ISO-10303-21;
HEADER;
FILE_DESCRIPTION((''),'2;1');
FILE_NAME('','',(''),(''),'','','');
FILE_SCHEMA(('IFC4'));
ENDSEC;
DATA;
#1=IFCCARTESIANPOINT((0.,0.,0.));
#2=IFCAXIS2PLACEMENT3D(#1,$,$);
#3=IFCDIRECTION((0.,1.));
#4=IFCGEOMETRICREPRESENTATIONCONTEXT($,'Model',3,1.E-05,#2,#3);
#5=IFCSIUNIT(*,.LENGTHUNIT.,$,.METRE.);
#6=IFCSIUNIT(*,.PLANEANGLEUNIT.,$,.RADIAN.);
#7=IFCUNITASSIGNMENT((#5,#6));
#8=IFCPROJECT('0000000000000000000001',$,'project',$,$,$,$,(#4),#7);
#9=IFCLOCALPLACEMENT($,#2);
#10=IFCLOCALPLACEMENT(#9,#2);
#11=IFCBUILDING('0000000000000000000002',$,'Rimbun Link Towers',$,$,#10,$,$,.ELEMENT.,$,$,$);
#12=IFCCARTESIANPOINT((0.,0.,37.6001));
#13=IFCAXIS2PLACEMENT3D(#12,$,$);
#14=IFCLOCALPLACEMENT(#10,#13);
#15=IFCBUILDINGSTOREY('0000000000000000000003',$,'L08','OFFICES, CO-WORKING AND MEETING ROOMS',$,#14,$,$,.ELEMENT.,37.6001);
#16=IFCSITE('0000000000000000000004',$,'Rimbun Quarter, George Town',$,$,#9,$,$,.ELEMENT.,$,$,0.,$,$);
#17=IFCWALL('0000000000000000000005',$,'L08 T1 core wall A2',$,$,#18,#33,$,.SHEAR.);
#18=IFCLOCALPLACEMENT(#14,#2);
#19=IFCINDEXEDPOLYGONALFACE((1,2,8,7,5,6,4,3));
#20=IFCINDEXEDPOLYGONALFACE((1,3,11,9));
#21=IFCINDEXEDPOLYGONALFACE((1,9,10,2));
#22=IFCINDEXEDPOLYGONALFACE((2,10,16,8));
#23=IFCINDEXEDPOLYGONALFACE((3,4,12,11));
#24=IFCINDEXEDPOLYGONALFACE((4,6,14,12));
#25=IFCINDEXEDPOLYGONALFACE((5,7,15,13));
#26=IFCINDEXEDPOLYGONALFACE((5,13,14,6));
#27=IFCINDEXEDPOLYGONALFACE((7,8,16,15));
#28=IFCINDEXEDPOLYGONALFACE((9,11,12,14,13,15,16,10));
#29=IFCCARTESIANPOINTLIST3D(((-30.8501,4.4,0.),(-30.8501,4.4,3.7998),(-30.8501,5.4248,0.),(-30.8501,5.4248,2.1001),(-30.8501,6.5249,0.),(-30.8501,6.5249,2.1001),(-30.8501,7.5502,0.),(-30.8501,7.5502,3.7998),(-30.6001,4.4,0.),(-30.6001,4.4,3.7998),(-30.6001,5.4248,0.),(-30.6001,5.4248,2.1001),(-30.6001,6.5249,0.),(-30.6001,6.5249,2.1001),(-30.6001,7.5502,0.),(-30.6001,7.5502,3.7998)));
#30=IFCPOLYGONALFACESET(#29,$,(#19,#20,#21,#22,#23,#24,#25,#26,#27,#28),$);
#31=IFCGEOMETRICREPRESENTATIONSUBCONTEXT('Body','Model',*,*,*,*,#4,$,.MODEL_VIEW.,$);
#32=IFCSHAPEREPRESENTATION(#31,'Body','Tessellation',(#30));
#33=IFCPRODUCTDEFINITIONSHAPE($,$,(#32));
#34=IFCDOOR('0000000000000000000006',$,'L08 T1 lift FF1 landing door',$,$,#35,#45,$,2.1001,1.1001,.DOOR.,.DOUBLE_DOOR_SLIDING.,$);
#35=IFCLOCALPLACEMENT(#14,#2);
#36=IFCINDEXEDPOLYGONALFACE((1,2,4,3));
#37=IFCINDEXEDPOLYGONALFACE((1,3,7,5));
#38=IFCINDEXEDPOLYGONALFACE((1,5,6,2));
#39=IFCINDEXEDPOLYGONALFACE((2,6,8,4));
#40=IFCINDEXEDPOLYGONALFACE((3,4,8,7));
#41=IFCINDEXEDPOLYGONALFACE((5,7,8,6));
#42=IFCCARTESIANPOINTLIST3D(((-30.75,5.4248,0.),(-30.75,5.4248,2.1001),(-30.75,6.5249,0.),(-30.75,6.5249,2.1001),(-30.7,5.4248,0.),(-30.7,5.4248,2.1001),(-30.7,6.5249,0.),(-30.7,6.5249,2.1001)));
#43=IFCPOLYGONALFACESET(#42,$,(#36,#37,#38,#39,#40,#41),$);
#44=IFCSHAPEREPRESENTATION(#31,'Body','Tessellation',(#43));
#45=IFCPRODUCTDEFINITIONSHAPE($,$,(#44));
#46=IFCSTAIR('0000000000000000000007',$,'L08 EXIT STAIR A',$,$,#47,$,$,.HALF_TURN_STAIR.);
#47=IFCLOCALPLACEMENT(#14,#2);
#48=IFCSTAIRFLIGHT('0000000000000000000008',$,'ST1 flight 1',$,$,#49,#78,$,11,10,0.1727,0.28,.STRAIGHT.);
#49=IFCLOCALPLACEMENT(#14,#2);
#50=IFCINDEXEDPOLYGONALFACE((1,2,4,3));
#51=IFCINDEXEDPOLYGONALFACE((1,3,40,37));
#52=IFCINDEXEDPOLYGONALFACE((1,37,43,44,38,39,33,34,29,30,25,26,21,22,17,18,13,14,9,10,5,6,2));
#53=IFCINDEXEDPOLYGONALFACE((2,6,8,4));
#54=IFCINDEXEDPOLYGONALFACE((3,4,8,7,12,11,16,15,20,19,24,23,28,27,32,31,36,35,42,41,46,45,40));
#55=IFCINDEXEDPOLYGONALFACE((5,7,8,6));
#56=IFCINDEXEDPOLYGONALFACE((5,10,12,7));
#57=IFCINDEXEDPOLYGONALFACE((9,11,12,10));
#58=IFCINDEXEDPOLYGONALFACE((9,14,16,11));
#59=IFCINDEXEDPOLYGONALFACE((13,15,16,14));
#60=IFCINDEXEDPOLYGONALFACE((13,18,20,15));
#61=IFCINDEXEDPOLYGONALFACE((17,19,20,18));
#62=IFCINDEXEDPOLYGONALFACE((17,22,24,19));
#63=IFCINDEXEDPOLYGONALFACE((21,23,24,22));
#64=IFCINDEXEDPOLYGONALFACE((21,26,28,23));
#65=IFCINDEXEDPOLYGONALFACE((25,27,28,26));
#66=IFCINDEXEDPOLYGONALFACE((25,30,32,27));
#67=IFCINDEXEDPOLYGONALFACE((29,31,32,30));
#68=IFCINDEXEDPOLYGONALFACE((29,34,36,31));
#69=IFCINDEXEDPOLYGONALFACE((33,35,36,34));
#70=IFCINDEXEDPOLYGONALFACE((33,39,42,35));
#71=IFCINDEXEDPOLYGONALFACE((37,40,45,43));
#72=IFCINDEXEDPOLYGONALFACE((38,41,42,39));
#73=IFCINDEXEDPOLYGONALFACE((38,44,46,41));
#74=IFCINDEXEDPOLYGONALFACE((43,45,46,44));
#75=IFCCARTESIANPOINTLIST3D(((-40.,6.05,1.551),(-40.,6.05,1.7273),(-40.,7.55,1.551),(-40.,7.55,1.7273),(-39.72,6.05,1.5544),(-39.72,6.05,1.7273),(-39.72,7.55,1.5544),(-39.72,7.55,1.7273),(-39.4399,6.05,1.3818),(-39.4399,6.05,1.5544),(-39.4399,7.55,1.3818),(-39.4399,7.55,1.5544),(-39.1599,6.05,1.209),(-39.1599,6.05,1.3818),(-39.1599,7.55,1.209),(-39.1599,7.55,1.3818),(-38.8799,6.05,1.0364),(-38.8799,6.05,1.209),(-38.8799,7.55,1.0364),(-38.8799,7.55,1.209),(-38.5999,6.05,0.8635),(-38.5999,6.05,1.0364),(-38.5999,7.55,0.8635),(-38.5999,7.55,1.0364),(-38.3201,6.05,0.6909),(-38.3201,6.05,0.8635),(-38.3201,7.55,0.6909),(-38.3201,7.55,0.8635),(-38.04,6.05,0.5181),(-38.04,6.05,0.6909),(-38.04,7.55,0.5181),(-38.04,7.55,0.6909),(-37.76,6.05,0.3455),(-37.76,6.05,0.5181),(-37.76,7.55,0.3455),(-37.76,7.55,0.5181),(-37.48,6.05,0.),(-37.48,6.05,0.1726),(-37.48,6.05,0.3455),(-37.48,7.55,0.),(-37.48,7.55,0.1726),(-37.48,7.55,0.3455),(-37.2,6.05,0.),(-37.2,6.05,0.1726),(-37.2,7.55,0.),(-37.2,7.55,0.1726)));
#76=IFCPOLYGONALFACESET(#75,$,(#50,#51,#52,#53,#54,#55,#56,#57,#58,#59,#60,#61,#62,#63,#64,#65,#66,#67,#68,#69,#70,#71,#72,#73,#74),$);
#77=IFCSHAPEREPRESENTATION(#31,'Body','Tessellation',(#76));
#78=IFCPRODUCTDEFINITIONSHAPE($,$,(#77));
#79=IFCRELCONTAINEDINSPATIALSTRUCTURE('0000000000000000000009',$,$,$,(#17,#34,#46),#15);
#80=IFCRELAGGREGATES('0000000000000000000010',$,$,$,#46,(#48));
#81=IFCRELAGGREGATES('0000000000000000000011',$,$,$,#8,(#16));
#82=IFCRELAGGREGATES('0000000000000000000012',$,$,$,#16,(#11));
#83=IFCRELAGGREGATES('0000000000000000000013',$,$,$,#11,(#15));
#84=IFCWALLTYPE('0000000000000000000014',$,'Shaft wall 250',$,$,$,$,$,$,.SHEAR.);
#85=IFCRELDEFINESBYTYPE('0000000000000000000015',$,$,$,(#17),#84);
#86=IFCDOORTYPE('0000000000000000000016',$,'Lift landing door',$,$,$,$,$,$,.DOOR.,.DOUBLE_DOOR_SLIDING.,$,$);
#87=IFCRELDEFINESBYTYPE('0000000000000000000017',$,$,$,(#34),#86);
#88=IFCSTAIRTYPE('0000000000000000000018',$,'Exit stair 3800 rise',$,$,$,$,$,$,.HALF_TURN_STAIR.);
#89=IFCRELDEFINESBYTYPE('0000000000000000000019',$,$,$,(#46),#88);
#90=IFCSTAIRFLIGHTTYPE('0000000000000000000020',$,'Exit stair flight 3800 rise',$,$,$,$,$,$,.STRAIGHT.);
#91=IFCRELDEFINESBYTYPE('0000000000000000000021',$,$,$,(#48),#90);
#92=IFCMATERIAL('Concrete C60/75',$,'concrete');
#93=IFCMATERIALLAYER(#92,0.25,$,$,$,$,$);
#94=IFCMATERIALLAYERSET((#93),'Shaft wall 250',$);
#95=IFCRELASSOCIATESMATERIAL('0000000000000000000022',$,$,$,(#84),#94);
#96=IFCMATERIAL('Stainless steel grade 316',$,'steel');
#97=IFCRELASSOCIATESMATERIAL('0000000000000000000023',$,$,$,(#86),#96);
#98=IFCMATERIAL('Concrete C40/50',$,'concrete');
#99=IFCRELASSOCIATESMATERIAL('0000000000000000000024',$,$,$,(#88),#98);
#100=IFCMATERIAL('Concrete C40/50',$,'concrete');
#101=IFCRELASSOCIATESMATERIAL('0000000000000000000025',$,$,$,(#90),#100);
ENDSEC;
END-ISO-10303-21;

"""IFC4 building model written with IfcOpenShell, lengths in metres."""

from ifc_helpers import new_model, si_unit, direction, frame, frame_2d, origin, place, context, subcontext, project, spatial, polyline, rectangle, outline, extrude, material, layer, layer_set, type_object, element, fill, aggregate, save


model = new_model("IFC4")

# Units and contexts
model_context = context("Model", 3, precision=1e-05, world=origin(), true_north=direction((0.0, 1.0)))
body_context = subcontext(model_context, "Body", "Model", "MODEL_VIEW")
ifc_project = project(units=[si_unit("LENGTHUNIT", "METRE"), si_unit("PLANEANGLEUNIT", "RADIAN")], contexts=[model_context])

# Site, building, storey
site_placement = place(None, origin())
site = spatial("IfcSite", under=ifc_project, at=site_placement, Name="Rimbun Quarter, George Town", CompositionType="ELEMENT", RefElevation=0.0)
building_placement = place(site_placement, origin())
building = spatial("IfcBuilding", under=site, at=building_placement, Name="Rimbun Link Towers", CompositionType="ELEMENT")
storey_placement = place(building_placement, frame((0.0, 0.0, 37.6001)))
storey = spatial("IfcBuildingStorey", under=building, at=storey_placement, Name="L08", Description="OFFICES, CO-WORKING AND MEETING ROOMS", CompositionType="ELEMENT", Elevation=37.6001)

# Shared definitions
ifc_material_1 = material(Name="Concrete C60/75", Category="concrete")
ifc_layer = layer(ifc_material_1, 0.25)
ifc_layer_set = layer_set([ifc_layer], Name="Shaft wall 250")
wall_type = type_object("IfcWallType", Name="Shaft wall 250", PredefinedType="SHEAR", material=ifc_layer_set)

# Wall, opening, door
wall_1_placement = place(storey_placement, frame((-30.7251, 4.3999, 0.0), z_axis=(0.0, 0.0, 1.0), x_axis=(0.0, 1.0, 0.0)))
wall_1 = element("IfcWall", 1, at=wall_1_placement, inside=storey, type_object=wall_type, Name="L08 T1 core wall A2", PredefinedType="SHEAR", context=body_context, shape_type="SweptSolid", body=[
    extrude(rectangle(XDim=3.1501, YDim=0.25, at=frame_2d((1.5752, 0.0))), origin(), (0.0, 0.0, 1.0), 3.7998),
])
opening_1_placement = place(wall_1_placement, frame((1.0249, 0.0, 0.0)))
opening_1 = element("IfcOpeningElement", 2, at=opening_1_placement, cuts=wall_1, PredefinedType="OPENING", context=body_context, shape_type="SweptSolid", body=[
    extrude(rectangle(XDim=1.1001, YDim=2.1001, at=frame_2d((0.55, 1.05))), frame((0.0, 0.135, 0.0), z_axis=(0.0, -1.0, 0.0), x_axis=(1.0, 0.0, 0.0)), (0.0, 0.0, 1.0), 0.27),
])
ifc_material_2 = material(Name="Stainless steel grade 316", Category="steel")
door_type_1 = type_object("IfcDoorType", Name="Lift landing door", OperationType="DOUBLE_DOOR_SLIDING", PredefinedType="DOOR", material=ifc_material_2)
door_1_placement = place(opening_1_placement, origin())
door_1 = element("IfcDoor", 3, at=door_1_placement, inside=storey, type_object=door_type_1, Name="L08 T1 lift FF1 landing door", OperationType="DOUBLE_DOOR_SLIDING", OverallHeight=2.1001, OverallWidth=1.1001, PredefinedType="DOOR", context=body_context, shape_type="SweptSolid", body=[
    extrude(rectangle(XDim=1.1001, YDim=2.1001, at=frame_2d((0.55, 1.05))), frame((0.0, 0.0249, 0.0), z_axis=(0.0, -1.0, 0.0), x_axis=(1.0, 0.0, 0.0)), (0.0, 0.0, 1.0), 0.05),
])
fill(opening_1, door_1)

# Stair, stair flight
ifc_material_3 = material(Name="Concrete C40/50", Category="concrete")
stair_type = type_object("IfcStairType", Name="Exit stair 3800 rise", PredefinedType="HALF_TURN_STAIR", material=ifc_material_3)
stair_placement = place(storey_placement, origin())
stair = element("IfcStair", 4, at=stair_placement, inside=storey, type_object=stair_type, Name="L08 EXIT STAIR A", PredefinedType="HALF_TURN_STAIR")
ifc_material_4 = material(Name="Concrete C40/50", Category="concrete")
stair_flight_type = type_object("IfcStairFlightType", Name="Exit stair flight 3800 rise", PredefinedType="STRAIGHT", material=ifc_material_4)
stair_flight_placement = place(storey_placement, frame((-37.2, 6.8, 0.0), z_axis=(0.0, 0.0, 1.0), x_axis=(-1.0, 0.0, 0.0)))
stair_flight = element("IfcStairFlight", 5, at=stair_flight_placement, type_object=stair_flight_type, Name="ST1 flight 1", NumberOfRisers=11, NumberOfTreads=10, PredefinedType="STRAIGHT", RiserHeight=0.1727, TreadLength=0.28, context=body_context, shape_type="SweptSolid", body=[
    extrude(outline(polyline([(0.0, 0.0), (0.0, 0.1726), (0.28, 0.1726), (0.28, 0.3455), (0.5601, 0.3455), (0.5601, 0.5181), (0.8401, 0.5181), (0.8401, 0.6909), (1.1201, 0.6909), (1.1201, 0.8635), (1.3999, 0.8635), (1.3999, 1.0364), (1.6799, 1.0364), (1.6799, 1.209), (1.96, 1.209), (1.96, 1.3818), (2.24, 1.3818), (2.24, 1.5544), (2.52, 1.5544), (2.52, 1.7273), (2.8, 1.7273), (2.8, 1.8999), (2.8, 1.551), (0.28, 0.0), (0.0, 0.0)])), frame((0.0, 0.75, 0.0), z_axis=(0.0, -1.0, 0.0), x_axis=(1.0, 0.0, 0.0)), (0.0, 0.0, 1.0), 1.5),
])
aggregate(stair, [stair_flight])

save(model, "model.ifc")
